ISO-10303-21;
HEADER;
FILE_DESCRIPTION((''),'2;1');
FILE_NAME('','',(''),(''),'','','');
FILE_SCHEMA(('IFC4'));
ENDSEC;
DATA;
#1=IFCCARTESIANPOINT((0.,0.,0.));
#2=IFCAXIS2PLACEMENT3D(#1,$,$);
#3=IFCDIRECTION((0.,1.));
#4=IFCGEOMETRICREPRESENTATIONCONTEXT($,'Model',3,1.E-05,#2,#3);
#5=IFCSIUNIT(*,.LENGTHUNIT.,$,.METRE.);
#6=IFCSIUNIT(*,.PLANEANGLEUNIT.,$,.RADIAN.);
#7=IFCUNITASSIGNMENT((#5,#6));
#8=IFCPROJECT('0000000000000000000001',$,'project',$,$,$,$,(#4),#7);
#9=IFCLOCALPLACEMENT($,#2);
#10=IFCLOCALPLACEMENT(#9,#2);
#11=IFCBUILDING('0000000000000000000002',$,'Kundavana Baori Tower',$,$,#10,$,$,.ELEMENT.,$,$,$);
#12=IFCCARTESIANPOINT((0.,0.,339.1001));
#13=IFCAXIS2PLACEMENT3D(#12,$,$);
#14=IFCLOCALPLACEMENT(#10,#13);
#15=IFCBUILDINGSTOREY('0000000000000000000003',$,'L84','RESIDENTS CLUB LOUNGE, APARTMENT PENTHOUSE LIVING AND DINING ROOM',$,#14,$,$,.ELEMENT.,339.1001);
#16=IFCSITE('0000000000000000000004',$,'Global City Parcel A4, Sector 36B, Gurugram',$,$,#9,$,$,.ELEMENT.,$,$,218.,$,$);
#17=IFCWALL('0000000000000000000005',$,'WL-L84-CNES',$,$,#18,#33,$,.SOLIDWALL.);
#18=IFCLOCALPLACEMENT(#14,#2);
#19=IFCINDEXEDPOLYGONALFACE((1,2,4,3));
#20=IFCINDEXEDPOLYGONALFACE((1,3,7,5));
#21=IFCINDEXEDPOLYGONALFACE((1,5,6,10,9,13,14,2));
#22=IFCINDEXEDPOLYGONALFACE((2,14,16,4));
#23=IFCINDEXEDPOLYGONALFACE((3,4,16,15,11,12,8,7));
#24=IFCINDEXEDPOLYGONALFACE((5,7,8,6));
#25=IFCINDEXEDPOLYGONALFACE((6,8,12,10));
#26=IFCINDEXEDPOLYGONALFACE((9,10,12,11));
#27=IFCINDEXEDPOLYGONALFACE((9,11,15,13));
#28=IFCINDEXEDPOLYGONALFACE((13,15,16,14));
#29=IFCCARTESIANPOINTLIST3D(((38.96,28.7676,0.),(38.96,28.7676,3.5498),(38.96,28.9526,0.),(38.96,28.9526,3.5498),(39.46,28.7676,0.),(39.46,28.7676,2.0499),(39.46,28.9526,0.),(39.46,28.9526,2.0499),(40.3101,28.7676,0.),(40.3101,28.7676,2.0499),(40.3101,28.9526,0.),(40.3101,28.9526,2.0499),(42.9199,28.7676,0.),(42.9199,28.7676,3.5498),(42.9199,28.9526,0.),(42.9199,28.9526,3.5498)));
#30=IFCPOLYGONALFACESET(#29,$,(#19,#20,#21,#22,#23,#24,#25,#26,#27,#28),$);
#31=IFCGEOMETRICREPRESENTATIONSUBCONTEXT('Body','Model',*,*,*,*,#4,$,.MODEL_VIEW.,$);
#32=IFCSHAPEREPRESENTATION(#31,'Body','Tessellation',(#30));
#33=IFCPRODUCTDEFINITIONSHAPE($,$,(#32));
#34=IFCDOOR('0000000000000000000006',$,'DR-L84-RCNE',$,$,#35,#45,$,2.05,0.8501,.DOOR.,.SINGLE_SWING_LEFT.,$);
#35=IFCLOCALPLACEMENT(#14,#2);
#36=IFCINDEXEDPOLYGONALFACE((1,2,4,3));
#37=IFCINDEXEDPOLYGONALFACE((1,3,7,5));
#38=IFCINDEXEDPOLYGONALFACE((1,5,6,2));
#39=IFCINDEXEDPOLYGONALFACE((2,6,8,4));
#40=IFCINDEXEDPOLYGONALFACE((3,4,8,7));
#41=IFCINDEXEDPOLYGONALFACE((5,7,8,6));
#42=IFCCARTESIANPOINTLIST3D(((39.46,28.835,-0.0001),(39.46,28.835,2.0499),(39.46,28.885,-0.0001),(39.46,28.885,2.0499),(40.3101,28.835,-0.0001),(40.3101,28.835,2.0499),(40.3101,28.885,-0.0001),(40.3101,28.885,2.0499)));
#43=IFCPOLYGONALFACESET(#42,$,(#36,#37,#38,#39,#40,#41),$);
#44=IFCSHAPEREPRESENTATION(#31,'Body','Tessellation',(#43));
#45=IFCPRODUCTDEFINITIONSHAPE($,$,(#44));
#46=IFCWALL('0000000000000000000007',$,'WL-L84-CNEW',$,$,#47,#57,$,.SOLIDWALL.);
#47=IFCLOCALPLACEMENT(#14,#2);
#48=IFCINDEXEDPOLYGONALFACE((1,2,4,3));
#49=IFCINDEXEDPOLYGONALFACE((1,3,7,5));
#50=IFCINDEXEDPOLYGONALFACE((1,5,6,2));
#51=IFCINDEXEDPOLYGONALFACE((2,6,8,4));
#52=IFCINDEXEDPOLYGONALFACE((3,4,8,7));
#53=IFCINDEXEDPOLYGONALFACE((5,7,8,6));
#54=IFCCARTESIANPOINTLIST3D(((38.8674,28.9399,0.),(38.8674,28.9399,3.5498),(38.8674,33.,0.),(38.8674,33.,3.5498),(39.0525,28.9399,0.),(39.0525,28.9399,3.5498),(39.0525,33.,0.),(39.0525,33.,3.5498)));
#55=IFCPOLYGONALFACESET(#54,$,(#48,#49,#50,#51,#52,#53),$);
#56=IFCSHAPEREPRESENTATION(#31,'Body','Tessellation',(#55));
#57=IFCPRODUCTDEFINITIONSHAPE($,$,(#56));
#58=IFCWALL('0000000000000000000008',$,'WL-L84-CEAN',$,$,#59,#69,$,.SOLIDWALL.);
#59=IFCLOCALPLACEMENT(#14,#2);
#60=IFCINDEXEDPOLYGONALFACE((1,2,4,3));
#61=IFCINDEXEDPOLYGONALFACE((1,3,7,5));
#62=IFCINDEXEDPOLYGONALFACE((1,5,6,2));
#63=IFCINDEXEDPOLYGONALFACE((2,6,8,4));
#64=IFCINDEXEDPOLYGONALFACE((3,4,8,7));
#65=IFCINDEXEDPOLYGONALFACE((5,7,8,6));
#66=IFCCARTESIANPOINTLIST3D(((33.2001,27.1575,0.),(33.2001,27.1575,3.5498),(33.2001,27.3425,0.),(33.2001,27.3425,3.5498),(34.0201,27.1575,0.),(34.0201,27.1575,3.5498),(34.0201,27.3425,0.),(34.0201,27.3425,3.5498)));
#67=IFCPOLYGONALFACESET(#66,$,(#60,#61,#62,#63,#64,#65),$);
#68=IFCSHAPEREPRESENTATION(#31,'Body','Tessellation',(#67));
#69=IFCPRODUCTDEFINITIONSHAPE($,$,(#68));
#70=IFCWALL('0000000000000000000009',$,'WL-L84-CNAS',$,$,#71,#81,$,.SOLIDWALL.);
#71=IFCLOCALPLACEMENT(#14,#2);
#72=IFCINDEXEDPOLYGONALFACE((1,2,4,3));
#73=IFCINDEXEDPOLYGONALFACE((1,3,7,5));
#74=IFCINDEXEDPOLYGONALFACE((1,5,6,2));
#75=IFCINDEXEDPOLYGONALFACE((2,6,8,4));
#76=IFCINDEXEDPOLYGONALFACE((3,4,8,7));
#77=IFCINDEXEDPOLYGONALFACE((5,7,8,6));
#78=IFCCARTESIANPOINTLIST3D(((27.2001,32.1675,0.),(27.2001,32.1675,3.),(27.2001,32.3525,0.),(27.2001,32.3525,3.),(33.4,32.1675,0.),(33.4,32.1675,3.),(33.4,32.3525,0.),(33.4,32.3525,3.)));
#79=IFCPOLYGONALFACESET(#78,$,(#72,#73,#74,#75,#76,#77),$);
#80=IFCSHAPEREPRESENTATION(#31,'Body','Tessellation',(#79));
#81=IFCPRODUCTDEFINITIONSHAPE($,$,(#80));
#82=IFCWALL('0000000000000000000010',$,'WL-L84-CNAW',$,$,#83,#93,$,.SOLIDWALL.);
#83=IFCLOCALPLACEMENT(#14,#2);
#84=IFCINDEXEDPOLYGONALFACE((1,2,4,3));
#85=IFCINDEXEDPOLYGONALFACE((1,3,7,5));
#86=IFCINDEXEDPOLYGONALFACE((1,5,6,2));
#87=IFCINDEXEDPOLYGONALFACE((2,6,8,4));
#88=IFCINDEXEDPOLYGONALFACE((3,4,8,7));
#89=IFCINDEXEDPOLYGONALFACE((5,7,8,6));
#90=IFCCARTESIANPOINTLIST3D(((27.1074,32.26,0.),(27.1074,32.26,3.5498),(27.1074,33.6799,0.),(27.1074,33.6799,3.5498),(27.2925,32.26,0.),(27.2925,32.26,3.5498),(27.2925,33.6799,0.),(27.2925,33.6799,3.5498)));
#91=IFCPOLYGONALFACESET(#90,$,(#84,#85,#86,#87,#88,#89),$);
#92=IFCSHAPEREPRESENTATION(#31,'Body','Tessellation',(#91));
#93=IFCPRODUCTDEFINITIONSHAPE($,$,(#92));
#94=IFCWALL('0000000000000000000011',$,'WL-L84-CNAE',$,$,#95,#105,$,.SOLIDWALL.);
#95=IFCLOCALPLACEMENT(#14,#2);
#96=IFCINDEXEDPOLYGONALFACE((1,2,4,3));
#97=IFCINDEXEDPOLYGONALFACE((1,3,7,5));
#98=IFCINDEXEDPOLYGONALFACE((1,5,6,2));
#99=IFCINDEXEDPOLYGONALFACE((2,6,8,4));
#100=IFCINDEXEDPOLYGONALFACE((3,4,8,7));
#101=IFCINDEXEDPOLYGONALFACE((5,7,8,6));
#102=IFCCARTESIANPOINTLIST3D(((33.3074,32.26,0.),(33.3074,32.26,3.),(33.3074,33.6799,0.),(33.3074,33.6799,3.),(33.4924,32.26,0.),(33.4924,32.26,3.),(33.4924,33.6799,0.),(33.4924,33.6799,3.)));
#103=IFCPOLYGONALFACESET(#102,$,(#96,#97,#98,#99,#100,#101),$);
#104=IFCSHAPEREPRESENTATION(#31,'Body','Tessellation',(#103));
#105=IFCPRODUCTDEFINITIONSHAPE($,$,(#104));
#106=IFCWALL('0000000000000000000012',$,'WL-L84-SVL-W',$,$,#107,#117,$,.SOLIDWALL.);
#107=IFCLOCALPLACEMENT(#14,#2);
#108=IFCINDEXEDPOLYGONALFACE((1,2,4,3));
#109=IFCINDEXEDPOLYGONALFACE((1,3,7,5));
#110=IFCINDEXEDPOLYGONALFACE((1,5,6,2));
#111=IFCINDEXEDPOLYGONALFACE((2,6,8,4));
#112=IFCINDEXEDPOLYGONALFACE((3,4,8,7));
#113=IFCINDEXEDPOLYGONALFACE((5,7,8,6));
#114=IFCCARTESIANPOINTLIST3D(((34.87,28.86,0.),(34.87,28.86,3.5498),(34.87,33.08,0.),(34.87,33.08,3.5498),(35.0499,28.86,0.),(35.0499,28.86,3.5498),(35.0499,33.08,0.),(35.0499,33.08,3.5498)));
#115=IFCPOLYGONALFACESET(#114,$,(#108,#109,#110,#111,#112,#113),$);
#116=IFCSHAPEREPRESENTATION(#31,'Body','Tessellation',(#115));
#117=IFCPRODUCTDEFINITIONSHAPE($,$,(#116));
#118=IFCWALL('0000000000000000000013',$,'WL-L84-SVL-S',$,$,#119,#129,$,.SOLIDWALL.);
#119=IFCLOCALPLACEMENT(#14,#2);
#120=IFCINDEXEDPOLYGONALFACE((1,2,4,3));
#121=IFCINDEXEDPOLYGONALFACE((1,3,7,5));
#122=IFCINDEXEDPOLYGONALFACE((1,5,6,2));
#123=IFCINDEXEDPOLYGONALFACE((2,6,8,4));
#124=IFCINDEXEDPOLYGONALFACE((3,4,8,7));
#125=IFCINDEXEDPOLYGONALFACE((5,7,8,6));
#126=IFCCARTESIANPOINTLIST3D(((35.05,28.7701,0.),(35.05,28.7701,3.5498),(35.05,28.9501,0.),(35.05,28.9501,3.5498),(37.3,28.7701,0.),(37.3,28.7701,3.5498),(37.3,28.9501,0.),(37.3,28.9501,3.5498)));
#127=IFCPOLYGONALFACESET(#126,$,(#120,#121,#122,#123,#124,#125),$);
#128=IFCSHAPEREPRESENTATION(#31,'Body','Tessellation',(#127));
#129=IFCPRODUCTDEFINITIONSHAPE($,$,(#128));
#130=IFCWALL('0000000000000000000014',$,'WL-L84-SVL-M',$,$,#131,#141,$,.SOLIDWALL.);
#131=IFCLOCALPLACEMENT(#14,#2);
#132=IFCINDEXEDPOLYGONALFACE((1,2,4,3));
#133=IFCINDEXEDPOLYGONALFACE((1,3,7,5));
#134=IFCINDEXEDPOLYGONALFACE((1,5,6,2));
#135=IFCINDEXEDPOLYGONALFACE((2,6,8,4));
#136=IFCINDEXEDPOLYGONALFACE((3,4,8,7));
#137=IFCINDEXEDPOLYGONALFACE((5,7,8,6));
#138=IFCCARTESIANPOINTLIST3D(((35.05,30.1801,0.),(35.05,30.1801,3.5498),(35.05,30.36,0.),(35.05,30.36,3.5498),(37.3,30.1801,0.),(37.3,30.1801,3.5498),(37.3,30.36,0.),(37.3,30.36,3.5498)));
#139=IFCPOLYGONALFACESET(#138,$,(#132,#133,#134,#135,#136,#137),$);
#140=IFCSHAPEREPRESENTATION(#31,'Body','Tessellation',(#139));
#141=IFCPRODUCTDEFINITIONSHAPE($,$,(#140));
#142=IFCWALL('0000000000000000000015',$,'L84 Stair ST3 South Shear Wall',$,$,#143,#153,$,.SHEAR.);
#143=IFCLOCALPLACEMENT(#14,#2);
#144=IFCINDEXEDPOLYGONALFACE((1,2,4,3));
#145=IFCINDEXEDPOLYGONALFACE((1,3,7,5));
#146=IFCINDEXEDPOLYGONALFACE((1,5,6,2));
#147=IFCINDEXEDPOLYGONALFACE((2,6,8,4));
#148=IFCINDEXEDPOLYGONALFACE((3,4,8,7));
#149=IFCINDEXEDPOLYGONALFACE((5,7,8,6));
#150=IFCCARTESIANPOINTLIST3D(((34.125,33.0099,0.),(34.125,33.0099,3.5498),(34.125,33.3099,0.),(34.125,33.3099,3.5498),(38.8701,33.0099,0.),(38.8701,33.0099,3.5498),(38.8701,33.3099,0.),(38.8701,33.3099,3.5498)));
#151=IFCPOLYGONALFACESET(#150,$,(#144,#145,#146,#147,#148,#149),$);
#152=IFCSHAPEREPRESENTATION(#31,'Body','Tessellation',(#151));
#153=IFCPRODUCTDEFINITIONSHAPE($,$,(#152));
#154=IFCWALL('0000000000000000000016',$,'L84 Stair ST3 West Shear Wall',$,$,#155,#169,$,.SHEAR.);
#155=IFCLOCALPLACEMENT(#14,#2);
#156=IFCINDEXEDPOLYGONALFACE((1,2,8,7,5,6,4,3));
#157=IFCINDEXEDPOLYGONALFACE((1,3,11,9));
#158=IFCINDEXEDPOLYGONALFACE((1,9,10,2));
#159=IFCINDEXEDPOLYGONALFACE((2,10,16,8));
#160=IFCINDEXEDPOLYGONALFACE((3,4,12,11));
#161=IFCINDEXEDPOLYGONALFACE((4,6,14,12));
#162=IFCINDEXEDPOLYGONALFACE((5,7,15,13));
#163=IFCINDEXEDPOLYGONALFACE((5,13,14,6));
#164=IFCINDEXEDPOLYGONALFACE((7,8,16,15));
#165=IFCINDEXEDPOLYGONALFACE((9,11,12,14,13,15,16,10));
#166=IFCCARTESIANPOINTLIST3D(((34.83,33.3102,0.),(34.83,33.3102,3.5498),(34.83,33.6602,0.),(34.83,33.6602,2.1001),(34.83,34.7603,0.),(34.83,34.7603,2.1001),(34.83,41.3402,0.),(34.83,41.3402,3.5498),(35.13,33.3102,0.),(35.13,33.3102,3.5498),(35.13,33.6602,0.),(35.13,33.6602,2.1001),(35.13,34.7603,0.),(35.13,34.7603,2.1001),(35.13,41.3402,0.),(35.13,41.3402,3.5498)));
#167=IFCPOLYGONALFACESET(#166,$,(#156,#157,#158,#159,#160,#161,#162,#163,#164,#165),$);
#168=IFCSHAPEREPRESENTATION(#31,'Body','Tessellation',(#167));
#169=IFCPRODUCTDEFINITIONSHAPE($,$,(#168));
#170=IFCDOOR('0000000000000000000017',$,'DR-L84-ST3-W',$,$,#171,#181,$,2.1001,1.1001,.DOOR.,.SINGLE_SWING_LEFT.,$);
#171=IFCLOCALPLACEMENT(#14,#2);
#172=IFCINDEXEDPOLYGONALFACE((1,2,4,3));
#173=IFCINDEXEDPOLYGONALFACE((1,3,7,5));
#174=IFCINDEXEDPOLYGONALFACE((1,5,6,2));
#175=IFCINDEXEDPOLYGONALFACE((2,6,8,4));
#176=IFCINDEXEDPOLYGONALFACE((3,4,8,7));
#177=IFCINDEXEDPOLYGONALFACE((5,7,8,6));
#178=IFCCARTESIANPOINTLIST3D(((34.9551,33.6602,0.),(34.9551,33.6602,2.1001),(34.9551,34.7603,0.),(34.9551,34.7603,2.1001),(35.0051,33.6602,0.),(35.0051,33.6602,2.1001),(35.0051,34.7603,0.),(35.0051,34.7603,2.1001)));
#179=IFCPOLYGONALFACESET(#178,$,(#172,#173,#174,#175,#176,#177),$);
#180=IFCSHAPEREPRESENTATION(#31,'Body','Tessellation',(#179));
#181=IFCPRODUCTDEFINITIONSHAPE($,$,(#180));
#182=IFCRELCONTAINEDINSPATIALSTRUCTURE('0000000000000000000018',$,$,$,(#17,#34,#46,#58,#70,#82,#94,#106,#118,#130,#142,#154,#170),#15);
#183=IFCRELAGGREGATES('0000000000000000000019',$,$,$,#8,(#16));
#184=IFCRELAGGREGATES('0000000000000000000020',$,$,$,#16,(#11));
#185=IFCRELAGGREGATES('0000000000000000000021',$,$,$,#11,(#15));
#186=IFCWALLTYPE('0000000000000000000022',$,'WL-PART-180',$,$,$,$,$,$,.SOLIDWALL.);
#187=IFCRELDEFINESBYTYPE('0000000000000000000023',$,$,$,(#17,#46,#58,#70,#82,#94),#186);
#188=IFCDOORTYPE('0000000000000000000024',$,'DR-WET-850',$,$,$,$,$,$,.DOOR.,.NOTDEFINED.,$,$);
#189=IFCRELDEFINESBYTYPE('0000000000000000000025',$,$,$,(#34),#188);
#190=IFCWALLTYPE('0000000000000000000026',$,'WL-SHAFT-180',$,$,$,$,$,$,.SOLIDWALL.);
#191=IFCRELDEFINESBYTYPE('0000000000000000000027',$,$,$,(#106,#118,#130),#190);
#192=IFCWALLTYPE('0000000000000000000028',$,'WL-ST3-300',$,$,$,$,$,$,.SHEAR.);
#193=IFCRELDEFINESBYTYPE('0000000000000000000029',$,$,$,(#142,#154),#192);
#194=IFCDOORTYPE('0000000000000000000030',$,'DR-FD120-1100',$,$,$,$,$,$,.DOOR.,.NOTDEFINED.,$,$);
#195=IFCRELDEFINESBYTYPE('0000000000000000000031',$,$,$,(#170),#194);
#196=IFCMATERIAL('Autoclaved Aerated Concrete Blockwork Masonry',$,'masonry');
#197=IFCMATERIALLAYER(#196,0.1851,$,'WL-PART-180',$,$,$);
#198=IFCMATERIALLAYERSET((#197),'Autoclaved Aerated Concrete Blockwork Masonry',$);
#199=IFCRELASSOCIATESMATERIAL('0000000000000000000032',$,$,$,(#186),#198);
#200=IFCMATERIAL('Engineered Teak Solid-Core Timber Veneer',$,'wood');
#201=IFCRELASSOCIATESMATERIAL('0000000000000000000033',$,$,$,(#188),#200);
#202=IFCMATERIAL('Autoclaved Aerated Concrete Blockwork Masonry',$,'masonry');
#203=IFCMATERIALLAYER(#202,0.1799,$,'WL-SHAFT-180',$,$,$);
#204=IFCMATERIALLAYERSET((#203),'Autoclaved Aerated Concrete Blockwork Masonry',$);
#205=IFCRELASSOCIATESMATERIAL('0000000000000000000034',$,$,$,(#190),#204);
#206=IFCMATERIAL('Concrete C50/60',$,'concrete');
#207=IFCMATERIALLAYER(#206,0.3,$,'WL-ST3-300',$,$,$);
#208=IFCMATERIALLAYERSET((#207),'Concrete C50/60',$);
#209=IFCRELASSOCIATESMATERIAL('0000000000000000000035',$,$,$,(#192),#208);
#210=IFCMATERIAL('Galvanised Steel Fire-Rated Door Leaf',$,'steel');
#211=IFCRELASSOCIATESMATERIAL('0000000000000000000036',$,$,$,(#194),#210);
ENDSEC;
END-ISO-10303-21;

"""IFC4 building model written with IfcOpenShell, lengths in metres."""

from ifc_helpers import new_model, si_unit, direction, frame, frame_2d, origin, place, context, subcontext, project, spatial, rectangle, extrude, material, layer, layer_set, type_object, element, fill, save


model = new_model("IFC4")

# Units and contexts
model_context = context("Model", 3, precision=1e-05, world=origin(), true_north=direction((0.0, 1.0)))
body_context = subcontext(model_context, "Body", "Model", "MODEL_VIEW")
ifc_project = project(units=[si_unit("LENGTHUNIT", "METRE"), si_unit("PLANEANGLEUNIT", "RADIAN")], contexts=[model_context])

# Site, building, storey
site_placement = place(None, origin())
site = spatial("IfcSite", under=ifc_project, at=site_placement, Name="Global City Parcel A4, Sector 36B, Gurugram", CompositionType="ELEMENT", RefElevation=218.0)
building_placement = place(site_placement, origin())
building = spatial("IfcBuilding", under=site, at=building_placement, Name="Kundavana Baori Tower", CompositionType="ELEMENT")
storey_placement = place(building_placement, frame((0.0, 0.0, 339.1001)))
storey = spatial("IfcBuildingStorey", under=building, at=storey_placement, Name="L84", Description="RESIDENTS CLUB LOUNGE, APARTMENT PENTHOUSE LIVING AND DINING ROOM", CompositionType="ELEMENT", Elevation=339.1001)

# Shared definitions
ifc_material_1 = material(Name="Autoclaved Aerated Concrete Blockwork Masonry", Category="masonry")
ifc_layer_1 = layer(ifc_material_1, 0.1851, Name="WL-PART-180")
ifc_layer_set_1 = layer_set([ifc_layer_1], Name="Autoclaved Aerated Concrete Blockwork Masonry")
wall_type_1 = type_object("IfcWallType", Name="WL-PART-180", PredefinedType="SOLIDWALL", material=ifc_layer_set_1)

# Wall, opening, door
wall_1_placement = place(storey_placement, frame((38.96, 28.8601, 0.0), z_axis=(0.0, 0.0, 1.0), x_axis=(1.0, 0.0, 0.0)))
wall_1 = element("IfcWall", 1, at=wall_1_placement, inside=storey, type_object=wall_type_1, Name="WL-L84-CNES", PredefinedType="SOLIDWALL", context=body_context, shape_type="SweptSolid", body=[
    extrude(rectangle(XDim=3.96, YDim=0.1851, at=frame_2d((1.98, 0.0))), origin(), (0.0, 0.0, 1.0), 3.5498),
])
opening_1_placement = place(wall_1_placement, frame((0.5, 0.0, 0.0)))
opening_1 = element("IfcOpeningElement", 2, at=opening_1_placement, cuts=wall_1, PredefinedType="OPENING", context=body_context, shape_type="SweptSolid", body=[
    extrude(rectangle(XDim=0.8501, YDim=2.05, at=frame_2d((0.425, 1.0249))), frame((0.0, 0.1025, 0.0), z_axis=(0.0, -1.0, 0.0), x_axis=(1.0, 0.0, 0.0)), (0.0, 0.0, 1.0), 0.2051),
])
ifc_material_2 = material(Name="Engineered Teak Solid-Core Timber Veneer", Category="wood")
door_type_1 = type_object("IfcDoorType", Name="DR-WET-850", OperationType="NOTDEFINED", PredefinedType="DOOR", material=ifc_material_2)
door_1_placement = place(opening_1_placement, origin())
door_1 = element("IfcDoor", 3, at=door_1_placement, inside=storey, type_object=door_type_1, Name="DR-L84-RCNE", OperationType="SINGLE_SWING_LEFT", OverallHeight=2.05, OverallWidth=0.8501, PredefinedType="DOOR", context=body_context, shape_type="SweptSolid", body=[
    extrude(rectangle(XDim=0.8501, YDim=2.05, at=frame_2d((0.425, 1.0249))), frame((0.0, 0.0249, 0.0), z_axis=(0.0, -1.0, 0.0), x_axis=(1.0, 0.0, 0.0)), (0.0, 0.0, 1.0), 0.05),
])
fill(opening_1, door_1)

# Walls
wall_2_placement = place(storey_placement, frame((38.96, 28.9399, 0.0), z_axis=(0.0, 0.0, 1.0), x_axis=(0.0, 1.0, 0.0)))
element("IfcWall", 4, at=wall_2_placement, inside=storey, type_object=wall_type_1, Name="WL-L84-CNEW", PredefinedType="SOLIDWALL", context=body_context, shape_type="SweptSolid", body=[
    extrude(rectangle(XDim=4.0601, YDim=0.1851, at=frame_2d((2.03, 0.0))), origin(), (0.0, 0.0, 1.0), 3.5498),
])
wall_3_placement = place(storey_placement, frame((33.2, 27.25, 0.0), z_axis=(0.0, 0.0, 1.0), x_axis=(1.0, 0.0, 0.0)))
element("IfcWall", 5, at=wall_3_placement, inside=storey, type_object=wall_type_1, Name="WL-L84-CEAN", PredefinedType="SOLIDWALL", context=body_context, shape_type="SweptSolid", body=[
    extrude(rectangle(XDim=0.8201, YDim=0.1851, at=frame_2d((0.4102, 0.0))), origin(), (0.0, 0.0, 1.0), 3.5498),
])
wall_4_placement = place(storey_placement, frame((27.2, 32.26, 0.0), z_axis=(0.0, 0.0, 1.0), x_axis=(1.0, 0.0, 0.0)))
element("IfcWall", 6, at=wall_4_placement, inside=storey, type_object=wall_type_1, Name="WL-L84-CNAS", PredefinedType="SOLIDWALL", context=body_context, shape_type="SweptSolid", body=[
    extrude(rectangle(XDim=6.2, YDim=0.1851, at=frame_2d((3.1001, 0.0))), origin(), (0.0, 0.0, 1.0), 3.0),
])
wall_5_placement = place(storey_placement, frame((27.2, 32.26, 0.0), z_axis=(0.0, 0.0, 1.0), x_axis=(0.0, 1.0, 0.0)))
element("IfcWall", 7, at=wall_5_placement, inside=storey, type_object=wall_type_1, Name="WL-L84-CNAW", PredefinedType="SOLIDWALL", context=body_context, shape_type="SweptSolid", body=[
    extrude(rectangle(XDim=1.4199, YDim=0.1851, at=frame_2d((0.71, 0.0))), origin(), (0.0, 0.0, 1.0), 3.5498),
])
wall_6_placement = place(storey_placement, frame((33.3999, 32.26, 0.0), z_axis=(0.0, 0.0, 1.0), x_axis=(0.0, 1.0, 0.0)))
element("IfcWall", 8, at=wall_6_placement, inside=storey, type_object=wall_type_1, Name="WL-L84-CNAE", PredefinedType="SOLIDWALL", context=body_context, shape_type="SweptSolid", body=[
    extrude(rectangle(XDim=1.4199, YDim=0.1851, at=frame_2d((0.71, 0.0))), origin(), (0.0, 0.0, 1.0), 3.0),
])
ifc_material_3 = material(Name="Autoclaved Aerated Concrete Blockwork Masonry", Category="masonry")
ifc_layer_2 = layer(ifc_material_3, 0.1799, Name="WL-SHAFT-180")
ifc_layer_set_2 = layer_set([ifc_layer_2], Name="Autoclaved Aerated Concrete Blockwork Masonry")
wall_type_2 = type_object("IfcWallType", Name="WL-SHAFT-180", PredefinedType="SOLIDWALL", material=ifc_layer_set_2)
wall_7_placement = place(storey_placement, frame((34.96, 28.8601, 0.0), z_axis=(0.0, 0.0, 1.0), x_axis=(0.0, 1.0, 0.0)))
element("IfcWall", 9, at=wall_7_placement, inside=storey, type_object=wall_type_2, Name="WL-L84-SVL-W", PredefinedType="SOLIDWALL", context=body_context, shape_type="SweptSolid", body=[
    extrude(rectangle(XDim=4.22, YDim=0.1799, at=frame_2d((2.1099, 0.0))), origin(), (0.0, 0.0, 1.0), 3.5498),
])

# Walls
for number, where, z_axis, x_axis, name in (
    (10, (35.05, 28.8601, 0.0), (0.0, 0.0, 1.0), (1.0, 0.0, 0.0), "WL-L84-SVL-S"),
    (11, (35.05, 30.27, 0.0), (0.0, 0.0, 1.0), (1.0, 0.0, 0.0), "WL-L84-SVL-M"),
):
    element("IfcWall", number, at=place(storey_placement, frame(where, z_axis=z_axis, x_axis=x_axis)), inside=storey, type_object=wall_type_2, Name=name, PredefinedType="SOLIDWALL", context=body_context, shape_type="SweptSolid", body=[
        extrude(rectangle(XDim=2.25, YDim=0.1799, at=frame_2d((1.125, 0.0))), origin(), (0.0, 0.0, 1.0), 3.5498),
    ])
ifc_material_4 = material(Name="Concrete C50/60", Category="concrete")
ifc_layer_3 = layer(ifc_material_4, 0.3, Name="WL-ST3-300")
ifc_layer_set_3 = layer_set([ifc_layer_3], Name="Concrete C50/60")
wall_type_3 = type_object("IfcWallType", Name="WL-ST3-300", PredefinedType="SHEAR", material=ifc_layer_set_3)
wall_8_placement = place(storey_placement, frame((34.125, 33.1599, 0.0), z_axis=(0.0, 0.0, 1.0), x_axis=(1.0, 0.0, 0.0)))
element("IfcWall", 12, at=wall_8_placement, inside=storey, type_object=wall_type_3, Name="L84 Stair ST3 South Shear Wall", PredefinedType="SHEAR", context=body_context, shape_type="SweptSolid", body=[
    extrude(rectangle(XDim=4.7451, YDim=0.3, at=frame_2d((2.3726, 0.0))), origin(), (0.0, 0.0, 1.0), 3.5498),
])

# Wall, opening, door
wall_9_placement = place(storey_placement, frame((34.98, 33.3101, 0.0), z_axis=(0.0, 0.0, 1.0), x_axis=(0.0, 1.0, 0.0)))
wall_9 = element("IfcWall", 13, at=wall_9_placement, inside=storey, type_object=wall_type_3, Name="L84 Stair ST3 West Shear Wall", PredefinedType="SHEAR", context=body_context, shape_type="SweptSolid", body=[
    extrude(rectangle(XDim=8.03, YDim=0.3, at=frame_2d((4.0151, 0.0))), origin(), (0.0, 0.0, 1.0), 3.5498),
])
opening_2_placement = place(wall_9_placement, frame((0.3501, 0.0, 0.0)))
opening_2 = element("IfcOpeningElement", 14, at=opening_2_placement, cuts=wall_9, PredefinedType="OPENING", context=body_context, shape_type="SweptSolid", body=[
    extrude(rectangle(XDim=1.1001, YDim=2.1001, at=frame_2d((0.55, 1.05))), frame((0.0, 0.1602, 0.0), z_axis=(0.0, -1.0, 0.0), x_axis=(1.0, 0.0, 0.0)), (0.0, 0.0, 1.0), 0.3201),
])
ifc_material_5 = material(Name="Galvanised Steel Fire-Rated Door Leaf", Category="steel")
door_type_2 = type_object("IfcDoorType", Name="DR-FD120-1100", OperationType="NOTDEFINED", PredefinedType="DOOR", material=ifc_material_5)
door_2_placement = place(opening_2_placement, origin())
door_2 = element("IfcDoor", 15, at=door_2_placement, inside=storey, type_object=door_type_2, Name="DR-L84-ST3-W", OperationType="SINGLE_SWING_LEFT", OverallHeight=2.1001, OverallWidth=1.1001, PredefinedType="DOOR", context=body_context, shape_type="SweptSolid", body=[
    extrude(rectangle(XDim=1.1001, YDim=2.1001, at=frame_2d((0.55, 1.05))), frame((0.0, 0.0249, 0.0), z_axis=(0.0, -1.0, 0.0), x_axis=(1.0, 0.0, 0.0)), (0.0, 0.0, 1.0), 0.05),
])
fill(opening_2, door_2)

save(model, "model.ifc")
